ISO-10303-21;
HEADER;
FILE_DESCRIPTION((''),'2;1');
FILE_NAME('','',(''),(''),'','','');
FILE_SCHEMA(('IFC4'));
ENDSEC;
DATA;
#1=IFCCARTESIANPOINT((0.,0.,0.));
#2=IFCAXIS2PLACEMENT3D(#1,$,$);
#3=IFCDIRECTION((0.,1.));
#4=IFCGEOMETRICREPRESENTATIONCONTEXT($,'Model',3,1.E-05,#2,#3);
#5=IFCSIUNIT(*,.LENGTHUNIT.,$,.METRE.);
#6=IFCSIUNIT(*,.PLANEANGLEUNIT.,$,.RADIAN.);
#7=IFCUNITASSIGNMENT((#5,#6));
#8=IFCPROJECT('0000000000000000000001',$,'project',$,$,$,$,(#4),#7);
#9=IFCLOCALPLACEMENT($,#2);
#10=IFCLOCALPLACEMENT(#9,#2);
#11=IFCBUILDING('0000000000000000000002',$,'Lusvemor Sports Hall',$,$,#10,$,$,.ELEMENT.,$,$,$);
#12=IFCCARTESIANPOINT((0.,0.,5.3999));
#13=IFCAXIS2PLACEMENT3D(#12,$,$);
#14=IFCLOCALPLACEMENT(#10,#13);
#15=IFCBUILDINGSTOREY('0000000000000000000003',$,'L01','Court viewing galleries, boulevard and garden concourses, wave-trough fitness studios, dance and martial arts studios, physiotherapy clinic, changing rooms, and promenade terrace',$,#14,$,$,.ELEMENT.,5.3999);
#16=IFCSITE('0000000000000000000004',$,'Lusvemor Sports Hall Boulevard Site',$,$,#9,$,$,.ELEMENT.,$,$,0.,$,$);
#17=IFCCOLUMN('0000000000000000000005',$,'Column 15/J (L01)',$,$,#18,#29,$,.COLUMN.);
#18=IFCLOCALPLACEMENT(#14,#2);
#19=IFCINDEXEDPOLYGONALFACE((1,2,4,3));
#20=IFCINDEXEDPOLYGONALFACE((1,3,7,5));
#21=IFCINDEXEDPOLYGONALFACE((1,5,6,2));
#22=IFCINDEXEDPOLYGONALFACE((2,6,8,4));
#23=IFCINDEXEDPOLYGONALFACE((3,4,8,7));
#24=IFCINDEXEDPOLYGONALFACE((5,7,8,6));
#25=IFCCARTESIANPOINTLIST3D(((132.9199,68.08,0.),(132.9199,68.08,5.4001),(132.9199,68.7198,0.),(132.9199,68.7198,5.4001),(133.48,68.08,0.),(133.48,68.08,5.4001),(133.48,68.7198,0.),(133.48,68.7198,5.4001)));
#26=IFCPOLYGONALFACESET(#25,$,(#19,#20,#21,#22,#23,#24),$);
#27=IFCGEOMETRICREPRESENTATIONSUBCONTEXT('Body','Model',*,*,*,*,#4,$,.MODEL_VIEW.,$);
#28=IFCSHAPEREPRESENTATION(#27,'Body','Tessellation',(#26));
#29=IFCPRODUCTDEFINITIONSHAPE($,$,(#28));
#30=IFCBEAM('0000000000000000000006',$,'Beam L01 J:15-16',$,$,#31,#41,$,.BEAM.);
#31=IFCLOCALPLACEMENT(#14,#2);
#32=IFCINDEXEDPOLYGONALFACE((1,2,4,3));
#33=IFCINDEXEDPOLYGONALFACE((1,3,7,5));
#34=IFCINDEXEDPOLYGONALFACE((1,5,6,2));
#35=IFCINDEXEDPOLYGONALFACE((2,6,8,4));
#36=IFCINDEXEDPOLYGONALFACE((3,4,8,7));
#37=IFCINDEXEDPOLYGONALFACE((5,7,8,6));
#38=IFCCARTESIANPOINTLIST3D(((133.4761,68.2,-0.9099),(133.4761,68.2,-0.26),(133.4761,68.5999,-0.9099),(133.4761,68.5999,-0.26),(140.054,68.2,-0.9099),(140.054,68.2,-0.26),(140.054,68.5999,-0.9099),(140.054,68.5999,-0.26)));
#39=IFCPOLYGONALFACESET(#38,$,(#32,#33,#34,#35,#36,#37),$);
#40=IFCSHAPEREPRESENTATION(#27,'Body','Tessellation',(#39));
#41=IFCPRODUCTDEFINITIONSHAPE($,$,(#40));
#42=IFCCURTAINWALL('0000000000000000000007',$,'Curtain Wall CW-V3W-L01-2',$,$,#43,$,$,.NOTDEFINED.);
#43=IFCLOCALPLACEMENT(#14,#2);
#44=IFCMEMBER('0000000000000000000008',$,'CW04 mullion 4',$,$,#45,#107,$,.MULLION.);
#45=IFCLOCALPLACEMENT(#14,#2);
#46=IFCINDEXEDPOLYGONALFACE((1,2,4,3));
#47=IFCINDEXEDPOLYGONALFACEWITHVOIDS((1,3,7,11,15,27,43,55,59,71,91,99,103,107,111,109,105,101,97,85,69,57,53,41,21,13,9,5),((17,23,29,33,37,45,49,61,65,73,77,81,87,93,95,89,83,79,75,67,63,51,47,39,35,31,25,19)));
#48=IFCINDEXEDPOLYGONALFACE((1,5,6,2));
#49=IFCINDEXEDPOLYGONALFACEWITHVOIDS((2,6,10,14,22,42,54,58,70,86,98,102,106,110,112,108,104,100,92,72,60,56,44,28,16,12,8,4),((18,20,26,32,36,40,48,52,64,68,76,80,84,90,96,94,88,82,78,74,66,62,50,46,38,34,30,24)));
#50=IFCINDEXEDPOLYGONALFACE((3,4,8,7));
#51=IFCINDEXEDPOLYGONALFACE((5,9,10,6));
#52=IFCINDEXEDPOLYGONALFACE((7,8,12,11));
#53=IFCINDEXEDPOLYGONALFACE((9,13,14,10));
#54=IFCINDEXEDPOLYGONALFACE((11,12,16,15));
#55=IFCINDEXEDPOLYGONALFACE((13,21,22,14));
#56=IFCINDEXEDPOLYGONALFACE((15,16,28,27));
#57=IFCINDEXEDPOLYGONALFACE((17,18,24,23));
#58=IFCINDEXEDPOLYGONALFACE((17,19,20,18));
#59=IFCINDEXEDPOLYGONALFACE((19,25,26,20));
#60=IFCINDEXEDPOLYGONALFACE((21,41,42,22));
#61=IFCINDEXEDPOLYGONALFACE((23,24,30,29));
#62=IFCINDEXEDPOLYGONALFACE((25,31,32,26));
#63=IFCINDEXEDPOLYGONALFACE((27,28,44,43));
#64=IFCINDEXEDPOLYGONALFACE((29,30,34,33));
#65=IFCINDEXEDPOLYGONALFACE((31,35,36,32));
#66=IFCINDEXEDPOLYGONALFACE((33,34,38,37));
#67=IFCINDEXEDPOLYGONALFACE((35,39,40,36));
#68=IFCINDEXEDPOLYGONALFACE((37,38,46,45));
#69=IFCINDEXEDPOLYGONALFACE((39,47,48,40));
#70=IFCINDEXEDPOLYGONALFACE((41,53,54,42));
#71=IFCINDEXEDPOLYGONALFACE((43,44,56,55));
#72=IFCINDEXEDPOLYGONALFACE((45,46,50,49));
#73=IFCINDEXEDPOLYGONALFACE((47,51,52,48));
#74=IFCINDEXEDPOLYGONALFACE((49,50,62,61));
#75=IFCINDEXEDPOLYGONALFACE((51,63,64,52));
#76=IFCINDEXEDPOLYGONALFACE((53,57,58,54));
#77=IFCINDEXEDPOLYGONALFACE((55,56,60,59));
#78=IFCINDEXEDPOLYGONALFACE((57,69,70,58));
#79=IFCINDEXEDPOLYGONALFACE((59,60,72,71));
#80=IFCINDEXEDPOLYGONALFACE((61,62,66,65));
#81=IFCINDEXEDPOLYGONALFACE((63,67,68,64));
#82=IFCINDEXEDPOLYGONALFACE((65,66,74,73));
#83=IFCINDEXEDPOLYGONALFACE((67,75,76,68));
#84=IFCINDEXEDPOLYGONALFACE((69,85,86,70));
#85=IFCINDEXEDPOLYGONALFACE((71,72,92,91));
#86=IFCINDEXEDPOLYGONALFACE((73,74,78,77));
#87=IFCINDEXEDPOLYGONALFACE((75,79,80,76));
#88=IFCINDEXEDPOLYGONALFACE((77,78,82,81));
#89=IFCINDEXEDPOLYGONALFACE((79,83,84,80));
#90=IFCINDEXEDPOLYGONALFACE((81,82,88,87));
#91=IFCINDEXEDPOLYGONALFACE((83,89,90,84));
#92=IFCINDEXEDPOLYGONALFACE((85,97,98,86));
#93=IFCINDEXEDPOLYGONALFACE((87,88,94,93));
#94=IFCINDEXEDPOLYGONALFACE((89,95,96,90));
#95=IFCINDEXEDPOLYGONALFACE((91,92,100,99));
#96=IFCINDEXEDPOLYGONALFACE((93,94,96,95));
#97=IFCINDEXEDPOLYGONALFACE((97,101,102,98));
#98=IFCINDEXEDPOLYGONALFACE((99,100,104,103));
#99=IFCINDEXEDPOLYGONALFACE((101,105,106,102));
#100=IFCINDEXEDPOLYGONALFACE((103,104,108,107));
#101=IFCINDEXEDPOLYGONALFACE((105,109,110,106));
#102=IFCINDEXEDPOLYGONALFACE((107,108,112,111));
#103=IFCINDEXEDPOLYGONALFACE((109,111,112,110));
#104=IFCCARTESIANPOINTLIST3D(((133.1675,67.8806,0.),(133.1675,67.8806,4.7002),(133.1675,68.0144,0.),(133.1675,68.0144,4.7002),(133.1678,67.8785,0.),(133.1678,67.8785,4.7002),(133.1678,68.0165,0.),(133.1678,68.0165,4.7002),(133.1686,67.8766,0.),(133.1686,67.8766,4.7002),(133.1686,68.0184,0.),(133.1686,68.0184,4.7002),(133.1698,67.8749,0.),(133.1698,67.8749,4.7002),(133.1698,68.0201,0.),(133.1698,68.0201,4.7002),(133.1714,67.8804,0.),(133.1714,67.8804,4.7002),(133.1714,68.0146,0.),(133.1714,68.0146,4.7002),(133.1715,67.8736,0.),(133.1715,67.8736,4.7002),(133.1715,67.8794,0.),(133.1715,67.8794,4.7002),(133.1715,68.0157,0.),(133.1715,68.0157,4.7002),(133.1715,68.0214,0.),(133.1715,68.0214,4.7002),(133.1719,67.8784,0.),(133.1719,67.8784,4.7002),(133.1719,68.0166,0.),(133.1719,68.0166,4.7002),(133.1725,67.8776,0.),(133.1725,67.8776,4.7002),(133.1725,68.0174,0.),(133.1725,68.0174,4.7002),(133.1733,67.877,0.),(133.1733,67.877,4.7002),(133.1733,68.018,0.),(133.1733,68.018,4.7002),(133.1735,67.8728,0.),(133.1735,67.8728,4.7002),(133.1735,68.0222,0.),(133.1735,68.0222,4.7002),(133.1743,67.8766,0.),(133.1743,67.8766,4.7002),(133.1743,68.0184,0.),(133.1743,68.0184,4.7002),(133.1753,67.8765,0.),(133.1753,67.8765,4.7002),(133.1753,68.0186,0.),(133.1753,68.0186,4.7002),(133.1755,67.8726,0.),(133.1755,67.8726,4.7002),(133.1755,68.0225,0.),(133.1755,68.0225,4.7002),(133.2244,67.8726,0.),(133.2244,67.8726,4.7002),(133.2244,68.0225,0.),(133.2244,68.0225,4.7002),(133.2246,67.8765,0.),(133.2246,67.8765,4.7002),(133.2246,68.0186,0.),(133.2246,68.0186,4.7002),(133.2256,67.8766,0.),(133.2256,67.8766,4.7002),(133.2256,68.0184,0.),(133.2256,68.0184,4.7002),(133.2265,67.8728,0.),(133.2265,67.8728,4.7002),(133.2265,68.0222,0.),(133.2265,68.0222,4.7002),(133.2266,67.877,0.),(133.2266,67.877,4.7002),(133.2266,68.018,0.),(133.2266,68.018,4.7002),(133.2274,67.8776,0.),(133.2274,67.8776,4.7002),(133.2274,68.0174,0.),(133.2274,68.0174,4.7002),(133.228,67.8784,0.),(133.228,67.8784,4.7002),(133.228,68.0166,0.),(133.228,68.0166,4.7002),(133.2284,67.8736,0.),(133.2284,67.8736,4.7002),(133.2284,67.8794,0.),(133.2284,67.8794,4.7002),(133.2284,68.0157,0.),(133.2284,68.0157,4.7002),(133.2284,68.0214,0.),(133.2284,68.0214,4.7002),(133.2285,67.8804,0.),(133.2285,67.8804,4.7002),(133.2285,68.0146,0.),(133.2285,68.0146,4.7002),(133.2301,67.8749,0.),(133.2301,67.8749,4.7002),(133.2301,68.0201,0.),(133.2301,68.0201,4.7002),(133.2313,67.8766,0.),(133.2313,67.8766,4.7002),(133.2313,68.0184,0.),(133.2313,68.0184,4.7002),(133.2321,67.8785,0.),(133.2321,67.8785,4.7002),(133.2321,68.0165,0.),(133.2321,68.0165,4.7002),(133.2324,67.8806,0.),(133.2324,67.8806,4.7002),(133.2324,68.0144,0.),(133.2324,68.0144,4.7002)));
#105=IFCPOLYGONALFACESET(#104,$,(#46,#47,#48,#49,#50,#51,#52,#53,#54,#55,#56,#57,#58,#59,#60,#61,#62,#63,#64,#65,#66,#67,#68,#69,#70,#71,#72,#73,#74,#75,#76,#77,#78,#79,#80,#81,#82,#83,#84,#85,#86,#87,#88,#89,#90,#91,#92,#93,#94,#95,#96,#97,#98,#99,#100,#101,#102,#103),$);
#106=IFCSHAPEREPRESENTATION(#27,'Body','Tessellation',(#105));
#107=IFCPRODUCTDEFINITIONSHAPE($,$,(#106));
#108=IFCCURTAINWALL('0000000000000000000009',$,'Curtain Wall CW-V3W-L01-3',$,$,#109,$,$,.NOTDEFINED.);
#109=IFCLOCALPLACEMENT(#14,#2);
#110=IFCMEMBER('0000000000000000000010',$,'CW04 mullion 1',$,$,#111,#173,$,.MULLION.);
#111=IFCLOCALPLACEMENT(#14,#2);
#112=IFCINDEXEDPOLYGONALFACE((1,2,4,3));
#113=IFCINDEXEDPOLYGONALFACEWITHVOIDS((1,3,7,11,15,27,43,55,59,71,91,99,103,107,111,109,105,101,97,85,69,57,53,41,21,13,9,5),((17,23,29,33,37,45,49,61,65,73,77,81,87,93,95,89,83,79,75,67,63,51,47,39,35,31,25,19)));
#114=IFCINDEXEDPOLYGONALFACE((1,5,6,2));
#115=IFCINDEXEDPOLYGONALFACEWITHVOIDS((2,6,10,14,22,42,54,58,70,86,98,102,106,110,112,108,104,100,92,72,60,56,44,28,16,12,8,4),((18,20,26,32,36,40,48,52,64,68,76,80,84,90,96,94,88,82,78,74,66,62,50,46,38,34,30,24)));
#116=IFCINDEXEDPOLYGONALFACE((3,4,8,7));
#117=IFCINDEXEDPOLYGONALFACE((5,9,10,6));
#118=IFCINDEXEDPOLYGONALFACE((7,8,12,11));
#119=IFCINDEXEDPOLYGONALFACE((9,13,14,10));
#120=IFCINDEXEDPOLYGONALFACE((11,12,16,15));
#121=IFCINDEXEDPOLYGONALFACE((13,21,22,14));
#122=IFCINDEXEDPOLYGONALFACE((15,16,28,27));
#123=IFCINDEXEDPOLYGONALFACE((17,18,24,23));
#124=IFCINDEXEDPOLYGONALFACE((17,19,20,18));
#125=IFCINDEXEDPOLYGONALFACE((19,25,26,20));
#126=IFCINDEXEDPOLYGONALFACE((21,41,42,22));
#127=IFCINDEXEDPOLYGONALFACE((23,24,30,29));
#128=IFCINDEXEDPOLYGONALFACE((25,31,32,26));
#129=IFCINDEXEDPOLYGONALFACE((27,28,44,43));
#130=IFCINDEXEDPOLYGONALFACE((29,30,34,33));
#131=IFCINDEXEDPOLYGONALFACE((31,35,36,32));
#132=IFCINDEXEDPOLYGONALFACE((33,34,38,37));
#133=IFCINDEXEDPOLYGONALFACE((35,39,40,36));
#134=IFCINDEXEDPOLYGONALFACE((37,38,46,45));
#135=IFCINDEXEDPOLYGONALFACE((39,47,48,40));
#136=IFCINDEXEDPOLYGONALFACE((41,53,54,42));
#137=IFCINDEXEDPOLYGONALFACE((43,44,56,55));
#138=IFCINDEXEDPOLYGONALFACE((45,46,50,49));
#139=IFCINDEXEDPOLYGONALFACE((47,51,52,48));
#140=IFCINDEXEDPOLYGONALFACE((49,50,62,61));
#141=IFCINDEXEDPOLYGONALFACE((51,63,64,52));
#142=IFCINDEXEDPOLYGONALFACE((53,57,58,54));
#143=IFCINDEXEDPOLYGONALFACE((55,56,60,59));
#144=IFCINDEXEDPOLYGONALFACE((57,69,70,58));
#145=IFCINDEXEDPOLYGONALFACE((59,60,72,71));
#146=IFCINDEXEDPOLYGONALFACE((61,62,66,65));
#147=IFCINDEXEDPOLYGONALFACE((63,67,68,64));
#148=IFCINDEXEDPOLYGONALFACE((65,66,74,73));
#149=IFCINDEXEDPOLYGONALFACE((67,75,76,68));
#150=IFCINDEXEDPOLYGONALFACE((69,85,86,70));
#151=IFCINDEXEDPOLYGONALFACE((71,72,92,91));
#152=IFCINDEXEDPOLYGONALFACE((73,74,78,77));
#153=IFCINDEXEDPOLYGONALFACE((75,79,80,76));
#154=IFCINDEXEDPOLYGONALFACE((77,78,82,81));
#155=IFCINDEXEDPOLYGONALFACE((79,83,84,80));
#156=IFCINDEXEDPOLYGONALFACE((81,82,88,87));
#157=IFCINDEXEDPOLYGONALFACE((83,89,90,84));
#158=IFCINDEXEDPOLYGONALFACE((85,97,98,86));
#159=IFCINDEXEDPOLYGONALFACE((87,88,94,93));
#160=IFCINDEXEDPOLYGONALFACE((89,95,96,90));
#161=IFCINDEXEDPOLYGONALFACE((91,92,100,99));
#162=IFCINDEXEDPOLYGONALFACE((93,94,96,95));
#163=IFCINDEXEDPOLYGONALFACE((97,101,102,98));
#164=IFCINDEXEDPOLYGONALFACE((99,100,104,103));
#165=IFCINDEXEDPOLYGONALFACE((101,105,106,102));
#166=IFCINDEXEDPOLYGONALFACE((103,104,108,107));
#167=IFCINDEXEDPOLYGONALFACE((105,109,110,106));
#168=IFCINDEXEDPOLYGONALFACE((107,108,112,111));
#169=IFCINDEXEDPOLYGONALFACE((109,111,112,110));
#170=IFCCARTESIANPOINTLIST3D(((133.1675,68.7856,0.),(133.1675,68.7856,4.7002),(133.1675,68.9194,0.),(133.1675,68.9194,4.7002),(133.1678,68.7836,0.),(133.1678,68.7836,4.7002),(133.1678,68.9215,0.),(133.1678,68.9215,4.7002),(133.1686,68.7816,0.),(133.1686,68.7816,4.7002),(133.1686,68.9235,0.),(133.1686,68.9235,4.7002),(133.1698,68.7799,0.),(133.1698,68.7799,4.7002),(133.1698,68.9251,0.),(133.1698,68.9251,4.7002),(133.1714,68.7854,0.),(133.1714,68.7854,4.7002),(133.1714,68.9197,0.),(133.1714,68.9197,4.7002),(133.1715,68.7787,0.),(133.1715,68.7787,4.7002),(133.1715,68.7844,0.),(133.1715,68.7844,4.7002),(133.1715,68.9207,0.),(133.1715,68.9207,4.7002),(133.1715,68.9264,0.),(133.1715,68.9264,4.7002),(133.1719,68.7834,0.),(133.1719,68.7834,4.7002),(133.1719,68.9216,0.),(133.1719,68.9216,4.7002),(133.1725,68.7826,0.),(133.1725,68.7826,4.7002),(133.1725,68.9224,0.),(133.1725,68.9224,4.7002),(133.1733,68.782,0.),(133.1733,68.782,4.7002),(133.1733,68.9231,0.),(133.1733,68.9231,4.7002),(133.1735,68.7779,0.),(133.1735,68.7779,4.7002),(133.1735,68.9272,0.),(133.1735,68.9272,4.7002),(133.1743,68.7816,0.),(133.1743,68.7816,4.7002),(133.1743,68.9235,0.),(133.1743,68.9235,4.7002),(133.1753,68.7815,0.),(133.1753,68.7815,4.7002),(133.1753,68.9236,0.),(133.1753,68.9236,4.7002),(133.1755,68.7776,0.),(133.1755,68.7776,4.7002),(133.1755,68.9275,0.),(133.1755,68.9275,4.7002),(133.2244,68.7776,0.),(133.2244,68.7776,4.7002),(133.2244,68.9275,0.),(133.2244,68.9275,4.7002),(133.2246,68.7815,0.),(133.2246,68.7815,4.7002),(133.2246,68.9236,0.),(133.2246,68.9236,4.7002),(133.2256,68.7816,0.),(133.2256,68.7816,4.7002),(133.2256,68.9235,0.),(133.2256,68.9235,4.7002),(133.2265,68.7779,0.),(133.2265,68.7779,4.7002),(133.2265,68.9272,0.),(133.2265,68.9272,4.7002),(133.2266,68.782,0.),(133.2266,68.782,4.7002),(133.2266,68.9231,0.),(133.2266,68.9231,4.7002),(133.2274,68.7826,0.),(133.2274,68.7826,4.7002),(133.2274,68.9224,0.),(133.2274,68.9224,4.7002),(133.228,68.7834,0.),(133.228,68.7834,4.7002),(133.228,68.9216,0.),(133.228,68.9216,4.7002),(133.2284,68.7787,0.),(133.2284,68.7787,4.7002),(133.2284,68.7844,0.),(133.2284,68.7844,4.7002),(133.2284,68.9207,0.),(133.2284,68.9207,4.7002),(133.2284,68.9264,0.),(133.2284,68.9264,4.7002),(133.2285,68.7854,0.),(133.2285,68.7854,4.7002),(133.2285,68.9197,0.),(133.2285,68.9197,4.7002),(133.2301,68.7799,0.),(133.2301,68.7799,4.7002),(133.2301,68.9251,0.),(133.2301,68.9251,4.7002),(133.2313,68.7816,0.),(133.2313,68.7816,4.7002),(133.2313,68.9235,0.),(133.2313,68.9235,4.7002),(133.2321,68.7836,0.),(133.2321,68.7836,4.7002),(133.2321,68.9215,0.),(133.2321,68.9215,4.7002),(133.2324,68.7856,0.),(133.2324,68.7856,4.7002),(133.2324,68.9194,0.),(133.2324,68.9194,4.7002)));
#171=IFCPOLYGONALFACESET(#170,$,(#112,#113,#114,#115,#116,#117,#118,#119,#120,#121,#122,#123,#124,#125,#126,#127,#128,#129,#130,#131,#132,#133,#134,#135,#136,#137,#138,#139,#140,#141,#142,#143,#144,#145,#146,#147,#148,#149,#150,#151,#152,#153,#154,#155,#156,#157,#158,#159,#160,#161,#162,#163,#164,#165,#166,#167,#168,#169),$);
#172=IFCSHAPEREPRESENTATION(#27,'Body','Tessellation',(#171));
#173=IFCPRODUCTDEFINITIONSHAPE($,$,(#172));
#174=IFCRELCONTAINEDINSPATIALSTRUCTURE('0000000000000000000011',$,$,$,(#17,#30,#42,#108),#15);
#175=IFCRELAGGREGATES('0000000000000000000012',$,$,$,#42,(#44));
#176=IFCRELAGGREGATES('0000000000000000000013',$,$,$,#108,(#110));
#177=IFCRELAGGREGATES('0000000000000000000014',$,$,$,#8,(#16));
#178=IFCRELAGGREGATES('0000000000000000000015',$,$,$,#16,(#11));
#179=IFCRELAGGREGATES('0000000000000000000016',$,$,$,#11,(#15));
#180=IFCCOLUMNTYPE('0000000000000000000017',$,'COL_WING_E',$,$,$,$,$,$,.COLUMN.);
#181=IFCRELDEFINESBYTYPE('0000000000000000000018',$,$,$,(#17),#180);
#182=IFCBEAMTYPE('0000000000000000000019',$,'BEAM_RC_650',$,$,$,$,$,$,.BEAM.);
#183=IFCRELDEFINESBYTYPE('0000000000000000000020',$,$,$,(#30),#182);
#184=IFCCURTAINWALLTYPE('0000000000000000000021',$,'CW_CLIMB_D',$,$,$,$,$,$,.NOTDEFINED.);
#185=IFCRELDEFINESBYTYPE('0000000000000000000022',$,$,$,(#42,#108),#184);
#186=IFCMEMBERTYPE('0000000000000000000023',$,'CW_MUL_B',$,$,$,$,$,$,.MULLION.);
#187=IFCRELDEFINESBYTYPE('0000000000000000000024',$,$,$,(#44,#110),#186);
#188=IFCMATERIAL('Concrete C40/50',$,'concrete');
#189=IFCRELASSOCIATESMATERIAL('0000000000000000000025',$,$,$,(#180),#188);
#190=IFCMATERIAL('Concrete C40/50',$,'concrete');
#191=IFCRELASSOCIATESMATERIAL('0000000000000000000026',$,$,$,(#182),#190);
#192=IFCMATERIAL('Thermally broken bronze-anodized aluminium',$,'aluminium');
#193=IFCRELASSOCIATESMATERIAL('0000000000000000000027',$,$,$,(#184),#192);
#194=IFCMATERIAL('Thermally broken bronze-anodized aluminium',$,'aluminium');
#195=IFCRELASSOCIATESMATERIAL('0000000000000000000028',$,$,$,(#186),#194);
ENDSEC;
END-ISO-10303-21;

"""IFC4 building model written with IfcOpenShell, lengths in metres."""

from ifc_helpers import new_model, si_unit, direction, frame, origin, origin_2d, place, context, subcontext, project, spatial, rectangle, hollow_rectangle, extrude, material, material_profile, profile_set, type_object, element, aggregate, save


model = new_model("IFC4")

# Units and contexts
model_context = context("Model", 3, precision=1e-05, world=origin(), true_north=direction((0.0, 1.0)))
body_context = subcontext(model_context, "Body", "Model", "MODEL_VIEW")
ifc_project = project(units=[si_unit("LENGTHUNIT", "METRE"), si_unit("PLANEANGLEUNIT", "RADIAN")], contexts=[model_context])

# Site, building, storey
site_placement = place(None, origin())
site = spatial("IfcSite", under=ifc_project, at=site_placement, Name="Lusvemor Sports Hall Boulevard Site", CompositionType="ELEMENT", RefElevation=0.0)
building_placement = place(site_placement, origin())
building = spatial("IfcBuilding", under=site, at=building_placement, Name="Lusvemor Sports Hall", CompositionType="ELEMENT")
storey_placement = place(building_placement, frame((0.0, 0.0, 5.3999)))
storey = spatial("IfcBuildingStorey", under=building, at=storey_placement, Name="L01", Description="Court viewing galleries, boulevard and garden concourses, wave-trough fitness studios, dance and martial arts studios, physiotherapy clinic, changing rooms, and promenade terrace", CompositionType="ELEMENT", Elevation=5.3999)

# Column
ifc_material_1 = material(Name="Concrete C40/50", Category="concrete")
ifc_material_profile_1 = material_profile(ifc_material_1, rectangle(XDim=0.5601, YDim=0.6399, at=origin_2d()), Name="RC560x640")
ifc_profile_set_1 = profile_set([ifc_material_profile_1], Name="Concrete C40/50")
column_type = type_object("IfcColumnType", Name="COL_WING_E", PredefinedType="COLUMN", material=ifc_profile_set_1)
column_placement = place(storey_placement, frame((133.2, 68.3999, 0.0), z_axis=(0.0, 0.0, 1.0), x_axis=(1.0, 0.0, 0.0)))
element("IfcColumn", 1, at=column_placement, inside=storey, type_object=column_type, Name="Column 15/J (L01)", PredefinedType="COLUMN", context=body_context, shape_type="SweptSolid", body=[
    extrude(rectangle(XDim=0.5601, YDim=0.6399, at=origin_2d()), origin(), (0.0, 0.0, 1.0), 5.4001),
])

# Beam
ifc_material_2 = material(Name="Concrete C40/50", Category="concrete")
ifc_material_profile_2 = material_profile(ifc_material_2, rectangle(XDim=0.3999, YDim=0.6499, at=origin_2d()), Name="RC400x650")
ifc_profile_set_2 = profile_set([ifc_material_profile_2], Name="Concrete C40/50")
beam_type_1 = type_object("IfcBeamType", Name="BEAM_RC_650", PredefinedType="BEAM", material=ifc_profile_set_2)
beam_1_placement = place(storey_placement, frame((133.4761, 68.3999, -0.585), z_axis=(1.0, 0.0, 0.0), x_axis=(0.0, 1.0, 0.0)))
element("IfcBeam", 2, at=beam_1_placement, inside=storey, type_object=beam_type_1, Name="Beam L01 J:15-16", PredefinedType="BEAM", context=body_context, shape_type="SweptSolid", body=[
    extrude(rectangle(XDim=0.3999, YDim=0.6499, at=origin_2d()), origin(), (0.0, 0.0, 1.0), 6.5779),
])

# Curtain wall, member
ifc_material_3 = material(Name="Thermally broken bronze-anodized aluminium", Category="aluminium")
curtain_wall_type = type_object("IfcCurtainWallType", Name="CW_CLIMB_D", PredefinedType="NOTDEFINED", material=ifc_material_3)
curtain_wall_1_placement = place(storey_placement, origin())
curtain_wall_1 = element("IfcCurtainWall", 3, at=curtain_wall_1_placement, inside=storey, type_object=curtain_wall_type, Name="Curtain Wall CW-V3W-L01-2", PredefinedType="NOTDEFINED")
ifc_material_4 = material(Name="Thermally broken bronze-anodized aluminium", Category="aluminium")
ifc_material_profile_3 = material_profile(ifc_material_4, hollow_rectangle(XDim=0.0649, YDim=0.1499, WallThickness=0.0039, InnerFilletRadius=0.0039, OuterFilletRadius=0.0081, at=origin_2d()), Name="CWMUL150x65x4")
ifc_profile_set_3 = profile_set([ifc_material_profile_3], Name="Thermally broken bronze-anodized aluminium")
member_type_1 = type_object("IfcMemberType", Name="CW_MUL_B", PredefinedType="MULLION", material=ifc_profile_set_3)
member_1_placement = place(storey_placement, frame((133.2, 67.9475, 0.0), z_axis=(0.0, 0.0, 1.0), x_axis=(-1.0, 0.0, 0.0)))
member_1 = element("IfcMember", 4, at=member_1_placement, type_object=member_type_1, Name="CW04 mullion 4", PredefinedType="MULLION", context=body_context, shape_type="SweptSolid", body=[
    extrude(hollow_rectangle(XDim=0.0649, YDim=0.1499, WallThickness=0.0039, InnerFilletRadius=0.0039, OuterFilletRadius=0.0081, at=origin_2d()), origin(), (0.0, 0.0, 1.0), 4.7002),
])

# Curtain wall, member
curtain_wall_2_placement = place(storey_placement, origin())
curtain_wall_2 = element("IfcCurtainWall", 5, at=curtain_wall_2_placement, inside=storey, type_object=curtain_wall_type, Name="Curtain Wall CW-V3W-L01-3", PredefinedType="NOTDEFINED")
member_2_placement = place(storey_placement, frame((133.2, 68.8525, 0.0), z_axis=(0.0, 0.0, 1.0), x_axis=(-1.0, 0.0, 0.0)))
member_2 = element("IfcMember", 6, at=member_2_placement, type_object=member_type_1, Name="CW04 mullion 1", PredefinedType="MULLION", context=body_context, shape_type="SweptSolid", body=[
    extrude(hollow_rectangle(XDim=0.0649, YDim=0.1499, WallThickness=0.0039, InnerFilletRadius=0.0039, OuterFilletRadius=0.0081, at=origin_2d()), origin(), (0.0, 0.0, 1.0), 4.7002),
])

aggregate(curtain_wall_1, [member_1])
aggregate(curtain_wall_2, [member_2])

save(model, "model.ifc")
